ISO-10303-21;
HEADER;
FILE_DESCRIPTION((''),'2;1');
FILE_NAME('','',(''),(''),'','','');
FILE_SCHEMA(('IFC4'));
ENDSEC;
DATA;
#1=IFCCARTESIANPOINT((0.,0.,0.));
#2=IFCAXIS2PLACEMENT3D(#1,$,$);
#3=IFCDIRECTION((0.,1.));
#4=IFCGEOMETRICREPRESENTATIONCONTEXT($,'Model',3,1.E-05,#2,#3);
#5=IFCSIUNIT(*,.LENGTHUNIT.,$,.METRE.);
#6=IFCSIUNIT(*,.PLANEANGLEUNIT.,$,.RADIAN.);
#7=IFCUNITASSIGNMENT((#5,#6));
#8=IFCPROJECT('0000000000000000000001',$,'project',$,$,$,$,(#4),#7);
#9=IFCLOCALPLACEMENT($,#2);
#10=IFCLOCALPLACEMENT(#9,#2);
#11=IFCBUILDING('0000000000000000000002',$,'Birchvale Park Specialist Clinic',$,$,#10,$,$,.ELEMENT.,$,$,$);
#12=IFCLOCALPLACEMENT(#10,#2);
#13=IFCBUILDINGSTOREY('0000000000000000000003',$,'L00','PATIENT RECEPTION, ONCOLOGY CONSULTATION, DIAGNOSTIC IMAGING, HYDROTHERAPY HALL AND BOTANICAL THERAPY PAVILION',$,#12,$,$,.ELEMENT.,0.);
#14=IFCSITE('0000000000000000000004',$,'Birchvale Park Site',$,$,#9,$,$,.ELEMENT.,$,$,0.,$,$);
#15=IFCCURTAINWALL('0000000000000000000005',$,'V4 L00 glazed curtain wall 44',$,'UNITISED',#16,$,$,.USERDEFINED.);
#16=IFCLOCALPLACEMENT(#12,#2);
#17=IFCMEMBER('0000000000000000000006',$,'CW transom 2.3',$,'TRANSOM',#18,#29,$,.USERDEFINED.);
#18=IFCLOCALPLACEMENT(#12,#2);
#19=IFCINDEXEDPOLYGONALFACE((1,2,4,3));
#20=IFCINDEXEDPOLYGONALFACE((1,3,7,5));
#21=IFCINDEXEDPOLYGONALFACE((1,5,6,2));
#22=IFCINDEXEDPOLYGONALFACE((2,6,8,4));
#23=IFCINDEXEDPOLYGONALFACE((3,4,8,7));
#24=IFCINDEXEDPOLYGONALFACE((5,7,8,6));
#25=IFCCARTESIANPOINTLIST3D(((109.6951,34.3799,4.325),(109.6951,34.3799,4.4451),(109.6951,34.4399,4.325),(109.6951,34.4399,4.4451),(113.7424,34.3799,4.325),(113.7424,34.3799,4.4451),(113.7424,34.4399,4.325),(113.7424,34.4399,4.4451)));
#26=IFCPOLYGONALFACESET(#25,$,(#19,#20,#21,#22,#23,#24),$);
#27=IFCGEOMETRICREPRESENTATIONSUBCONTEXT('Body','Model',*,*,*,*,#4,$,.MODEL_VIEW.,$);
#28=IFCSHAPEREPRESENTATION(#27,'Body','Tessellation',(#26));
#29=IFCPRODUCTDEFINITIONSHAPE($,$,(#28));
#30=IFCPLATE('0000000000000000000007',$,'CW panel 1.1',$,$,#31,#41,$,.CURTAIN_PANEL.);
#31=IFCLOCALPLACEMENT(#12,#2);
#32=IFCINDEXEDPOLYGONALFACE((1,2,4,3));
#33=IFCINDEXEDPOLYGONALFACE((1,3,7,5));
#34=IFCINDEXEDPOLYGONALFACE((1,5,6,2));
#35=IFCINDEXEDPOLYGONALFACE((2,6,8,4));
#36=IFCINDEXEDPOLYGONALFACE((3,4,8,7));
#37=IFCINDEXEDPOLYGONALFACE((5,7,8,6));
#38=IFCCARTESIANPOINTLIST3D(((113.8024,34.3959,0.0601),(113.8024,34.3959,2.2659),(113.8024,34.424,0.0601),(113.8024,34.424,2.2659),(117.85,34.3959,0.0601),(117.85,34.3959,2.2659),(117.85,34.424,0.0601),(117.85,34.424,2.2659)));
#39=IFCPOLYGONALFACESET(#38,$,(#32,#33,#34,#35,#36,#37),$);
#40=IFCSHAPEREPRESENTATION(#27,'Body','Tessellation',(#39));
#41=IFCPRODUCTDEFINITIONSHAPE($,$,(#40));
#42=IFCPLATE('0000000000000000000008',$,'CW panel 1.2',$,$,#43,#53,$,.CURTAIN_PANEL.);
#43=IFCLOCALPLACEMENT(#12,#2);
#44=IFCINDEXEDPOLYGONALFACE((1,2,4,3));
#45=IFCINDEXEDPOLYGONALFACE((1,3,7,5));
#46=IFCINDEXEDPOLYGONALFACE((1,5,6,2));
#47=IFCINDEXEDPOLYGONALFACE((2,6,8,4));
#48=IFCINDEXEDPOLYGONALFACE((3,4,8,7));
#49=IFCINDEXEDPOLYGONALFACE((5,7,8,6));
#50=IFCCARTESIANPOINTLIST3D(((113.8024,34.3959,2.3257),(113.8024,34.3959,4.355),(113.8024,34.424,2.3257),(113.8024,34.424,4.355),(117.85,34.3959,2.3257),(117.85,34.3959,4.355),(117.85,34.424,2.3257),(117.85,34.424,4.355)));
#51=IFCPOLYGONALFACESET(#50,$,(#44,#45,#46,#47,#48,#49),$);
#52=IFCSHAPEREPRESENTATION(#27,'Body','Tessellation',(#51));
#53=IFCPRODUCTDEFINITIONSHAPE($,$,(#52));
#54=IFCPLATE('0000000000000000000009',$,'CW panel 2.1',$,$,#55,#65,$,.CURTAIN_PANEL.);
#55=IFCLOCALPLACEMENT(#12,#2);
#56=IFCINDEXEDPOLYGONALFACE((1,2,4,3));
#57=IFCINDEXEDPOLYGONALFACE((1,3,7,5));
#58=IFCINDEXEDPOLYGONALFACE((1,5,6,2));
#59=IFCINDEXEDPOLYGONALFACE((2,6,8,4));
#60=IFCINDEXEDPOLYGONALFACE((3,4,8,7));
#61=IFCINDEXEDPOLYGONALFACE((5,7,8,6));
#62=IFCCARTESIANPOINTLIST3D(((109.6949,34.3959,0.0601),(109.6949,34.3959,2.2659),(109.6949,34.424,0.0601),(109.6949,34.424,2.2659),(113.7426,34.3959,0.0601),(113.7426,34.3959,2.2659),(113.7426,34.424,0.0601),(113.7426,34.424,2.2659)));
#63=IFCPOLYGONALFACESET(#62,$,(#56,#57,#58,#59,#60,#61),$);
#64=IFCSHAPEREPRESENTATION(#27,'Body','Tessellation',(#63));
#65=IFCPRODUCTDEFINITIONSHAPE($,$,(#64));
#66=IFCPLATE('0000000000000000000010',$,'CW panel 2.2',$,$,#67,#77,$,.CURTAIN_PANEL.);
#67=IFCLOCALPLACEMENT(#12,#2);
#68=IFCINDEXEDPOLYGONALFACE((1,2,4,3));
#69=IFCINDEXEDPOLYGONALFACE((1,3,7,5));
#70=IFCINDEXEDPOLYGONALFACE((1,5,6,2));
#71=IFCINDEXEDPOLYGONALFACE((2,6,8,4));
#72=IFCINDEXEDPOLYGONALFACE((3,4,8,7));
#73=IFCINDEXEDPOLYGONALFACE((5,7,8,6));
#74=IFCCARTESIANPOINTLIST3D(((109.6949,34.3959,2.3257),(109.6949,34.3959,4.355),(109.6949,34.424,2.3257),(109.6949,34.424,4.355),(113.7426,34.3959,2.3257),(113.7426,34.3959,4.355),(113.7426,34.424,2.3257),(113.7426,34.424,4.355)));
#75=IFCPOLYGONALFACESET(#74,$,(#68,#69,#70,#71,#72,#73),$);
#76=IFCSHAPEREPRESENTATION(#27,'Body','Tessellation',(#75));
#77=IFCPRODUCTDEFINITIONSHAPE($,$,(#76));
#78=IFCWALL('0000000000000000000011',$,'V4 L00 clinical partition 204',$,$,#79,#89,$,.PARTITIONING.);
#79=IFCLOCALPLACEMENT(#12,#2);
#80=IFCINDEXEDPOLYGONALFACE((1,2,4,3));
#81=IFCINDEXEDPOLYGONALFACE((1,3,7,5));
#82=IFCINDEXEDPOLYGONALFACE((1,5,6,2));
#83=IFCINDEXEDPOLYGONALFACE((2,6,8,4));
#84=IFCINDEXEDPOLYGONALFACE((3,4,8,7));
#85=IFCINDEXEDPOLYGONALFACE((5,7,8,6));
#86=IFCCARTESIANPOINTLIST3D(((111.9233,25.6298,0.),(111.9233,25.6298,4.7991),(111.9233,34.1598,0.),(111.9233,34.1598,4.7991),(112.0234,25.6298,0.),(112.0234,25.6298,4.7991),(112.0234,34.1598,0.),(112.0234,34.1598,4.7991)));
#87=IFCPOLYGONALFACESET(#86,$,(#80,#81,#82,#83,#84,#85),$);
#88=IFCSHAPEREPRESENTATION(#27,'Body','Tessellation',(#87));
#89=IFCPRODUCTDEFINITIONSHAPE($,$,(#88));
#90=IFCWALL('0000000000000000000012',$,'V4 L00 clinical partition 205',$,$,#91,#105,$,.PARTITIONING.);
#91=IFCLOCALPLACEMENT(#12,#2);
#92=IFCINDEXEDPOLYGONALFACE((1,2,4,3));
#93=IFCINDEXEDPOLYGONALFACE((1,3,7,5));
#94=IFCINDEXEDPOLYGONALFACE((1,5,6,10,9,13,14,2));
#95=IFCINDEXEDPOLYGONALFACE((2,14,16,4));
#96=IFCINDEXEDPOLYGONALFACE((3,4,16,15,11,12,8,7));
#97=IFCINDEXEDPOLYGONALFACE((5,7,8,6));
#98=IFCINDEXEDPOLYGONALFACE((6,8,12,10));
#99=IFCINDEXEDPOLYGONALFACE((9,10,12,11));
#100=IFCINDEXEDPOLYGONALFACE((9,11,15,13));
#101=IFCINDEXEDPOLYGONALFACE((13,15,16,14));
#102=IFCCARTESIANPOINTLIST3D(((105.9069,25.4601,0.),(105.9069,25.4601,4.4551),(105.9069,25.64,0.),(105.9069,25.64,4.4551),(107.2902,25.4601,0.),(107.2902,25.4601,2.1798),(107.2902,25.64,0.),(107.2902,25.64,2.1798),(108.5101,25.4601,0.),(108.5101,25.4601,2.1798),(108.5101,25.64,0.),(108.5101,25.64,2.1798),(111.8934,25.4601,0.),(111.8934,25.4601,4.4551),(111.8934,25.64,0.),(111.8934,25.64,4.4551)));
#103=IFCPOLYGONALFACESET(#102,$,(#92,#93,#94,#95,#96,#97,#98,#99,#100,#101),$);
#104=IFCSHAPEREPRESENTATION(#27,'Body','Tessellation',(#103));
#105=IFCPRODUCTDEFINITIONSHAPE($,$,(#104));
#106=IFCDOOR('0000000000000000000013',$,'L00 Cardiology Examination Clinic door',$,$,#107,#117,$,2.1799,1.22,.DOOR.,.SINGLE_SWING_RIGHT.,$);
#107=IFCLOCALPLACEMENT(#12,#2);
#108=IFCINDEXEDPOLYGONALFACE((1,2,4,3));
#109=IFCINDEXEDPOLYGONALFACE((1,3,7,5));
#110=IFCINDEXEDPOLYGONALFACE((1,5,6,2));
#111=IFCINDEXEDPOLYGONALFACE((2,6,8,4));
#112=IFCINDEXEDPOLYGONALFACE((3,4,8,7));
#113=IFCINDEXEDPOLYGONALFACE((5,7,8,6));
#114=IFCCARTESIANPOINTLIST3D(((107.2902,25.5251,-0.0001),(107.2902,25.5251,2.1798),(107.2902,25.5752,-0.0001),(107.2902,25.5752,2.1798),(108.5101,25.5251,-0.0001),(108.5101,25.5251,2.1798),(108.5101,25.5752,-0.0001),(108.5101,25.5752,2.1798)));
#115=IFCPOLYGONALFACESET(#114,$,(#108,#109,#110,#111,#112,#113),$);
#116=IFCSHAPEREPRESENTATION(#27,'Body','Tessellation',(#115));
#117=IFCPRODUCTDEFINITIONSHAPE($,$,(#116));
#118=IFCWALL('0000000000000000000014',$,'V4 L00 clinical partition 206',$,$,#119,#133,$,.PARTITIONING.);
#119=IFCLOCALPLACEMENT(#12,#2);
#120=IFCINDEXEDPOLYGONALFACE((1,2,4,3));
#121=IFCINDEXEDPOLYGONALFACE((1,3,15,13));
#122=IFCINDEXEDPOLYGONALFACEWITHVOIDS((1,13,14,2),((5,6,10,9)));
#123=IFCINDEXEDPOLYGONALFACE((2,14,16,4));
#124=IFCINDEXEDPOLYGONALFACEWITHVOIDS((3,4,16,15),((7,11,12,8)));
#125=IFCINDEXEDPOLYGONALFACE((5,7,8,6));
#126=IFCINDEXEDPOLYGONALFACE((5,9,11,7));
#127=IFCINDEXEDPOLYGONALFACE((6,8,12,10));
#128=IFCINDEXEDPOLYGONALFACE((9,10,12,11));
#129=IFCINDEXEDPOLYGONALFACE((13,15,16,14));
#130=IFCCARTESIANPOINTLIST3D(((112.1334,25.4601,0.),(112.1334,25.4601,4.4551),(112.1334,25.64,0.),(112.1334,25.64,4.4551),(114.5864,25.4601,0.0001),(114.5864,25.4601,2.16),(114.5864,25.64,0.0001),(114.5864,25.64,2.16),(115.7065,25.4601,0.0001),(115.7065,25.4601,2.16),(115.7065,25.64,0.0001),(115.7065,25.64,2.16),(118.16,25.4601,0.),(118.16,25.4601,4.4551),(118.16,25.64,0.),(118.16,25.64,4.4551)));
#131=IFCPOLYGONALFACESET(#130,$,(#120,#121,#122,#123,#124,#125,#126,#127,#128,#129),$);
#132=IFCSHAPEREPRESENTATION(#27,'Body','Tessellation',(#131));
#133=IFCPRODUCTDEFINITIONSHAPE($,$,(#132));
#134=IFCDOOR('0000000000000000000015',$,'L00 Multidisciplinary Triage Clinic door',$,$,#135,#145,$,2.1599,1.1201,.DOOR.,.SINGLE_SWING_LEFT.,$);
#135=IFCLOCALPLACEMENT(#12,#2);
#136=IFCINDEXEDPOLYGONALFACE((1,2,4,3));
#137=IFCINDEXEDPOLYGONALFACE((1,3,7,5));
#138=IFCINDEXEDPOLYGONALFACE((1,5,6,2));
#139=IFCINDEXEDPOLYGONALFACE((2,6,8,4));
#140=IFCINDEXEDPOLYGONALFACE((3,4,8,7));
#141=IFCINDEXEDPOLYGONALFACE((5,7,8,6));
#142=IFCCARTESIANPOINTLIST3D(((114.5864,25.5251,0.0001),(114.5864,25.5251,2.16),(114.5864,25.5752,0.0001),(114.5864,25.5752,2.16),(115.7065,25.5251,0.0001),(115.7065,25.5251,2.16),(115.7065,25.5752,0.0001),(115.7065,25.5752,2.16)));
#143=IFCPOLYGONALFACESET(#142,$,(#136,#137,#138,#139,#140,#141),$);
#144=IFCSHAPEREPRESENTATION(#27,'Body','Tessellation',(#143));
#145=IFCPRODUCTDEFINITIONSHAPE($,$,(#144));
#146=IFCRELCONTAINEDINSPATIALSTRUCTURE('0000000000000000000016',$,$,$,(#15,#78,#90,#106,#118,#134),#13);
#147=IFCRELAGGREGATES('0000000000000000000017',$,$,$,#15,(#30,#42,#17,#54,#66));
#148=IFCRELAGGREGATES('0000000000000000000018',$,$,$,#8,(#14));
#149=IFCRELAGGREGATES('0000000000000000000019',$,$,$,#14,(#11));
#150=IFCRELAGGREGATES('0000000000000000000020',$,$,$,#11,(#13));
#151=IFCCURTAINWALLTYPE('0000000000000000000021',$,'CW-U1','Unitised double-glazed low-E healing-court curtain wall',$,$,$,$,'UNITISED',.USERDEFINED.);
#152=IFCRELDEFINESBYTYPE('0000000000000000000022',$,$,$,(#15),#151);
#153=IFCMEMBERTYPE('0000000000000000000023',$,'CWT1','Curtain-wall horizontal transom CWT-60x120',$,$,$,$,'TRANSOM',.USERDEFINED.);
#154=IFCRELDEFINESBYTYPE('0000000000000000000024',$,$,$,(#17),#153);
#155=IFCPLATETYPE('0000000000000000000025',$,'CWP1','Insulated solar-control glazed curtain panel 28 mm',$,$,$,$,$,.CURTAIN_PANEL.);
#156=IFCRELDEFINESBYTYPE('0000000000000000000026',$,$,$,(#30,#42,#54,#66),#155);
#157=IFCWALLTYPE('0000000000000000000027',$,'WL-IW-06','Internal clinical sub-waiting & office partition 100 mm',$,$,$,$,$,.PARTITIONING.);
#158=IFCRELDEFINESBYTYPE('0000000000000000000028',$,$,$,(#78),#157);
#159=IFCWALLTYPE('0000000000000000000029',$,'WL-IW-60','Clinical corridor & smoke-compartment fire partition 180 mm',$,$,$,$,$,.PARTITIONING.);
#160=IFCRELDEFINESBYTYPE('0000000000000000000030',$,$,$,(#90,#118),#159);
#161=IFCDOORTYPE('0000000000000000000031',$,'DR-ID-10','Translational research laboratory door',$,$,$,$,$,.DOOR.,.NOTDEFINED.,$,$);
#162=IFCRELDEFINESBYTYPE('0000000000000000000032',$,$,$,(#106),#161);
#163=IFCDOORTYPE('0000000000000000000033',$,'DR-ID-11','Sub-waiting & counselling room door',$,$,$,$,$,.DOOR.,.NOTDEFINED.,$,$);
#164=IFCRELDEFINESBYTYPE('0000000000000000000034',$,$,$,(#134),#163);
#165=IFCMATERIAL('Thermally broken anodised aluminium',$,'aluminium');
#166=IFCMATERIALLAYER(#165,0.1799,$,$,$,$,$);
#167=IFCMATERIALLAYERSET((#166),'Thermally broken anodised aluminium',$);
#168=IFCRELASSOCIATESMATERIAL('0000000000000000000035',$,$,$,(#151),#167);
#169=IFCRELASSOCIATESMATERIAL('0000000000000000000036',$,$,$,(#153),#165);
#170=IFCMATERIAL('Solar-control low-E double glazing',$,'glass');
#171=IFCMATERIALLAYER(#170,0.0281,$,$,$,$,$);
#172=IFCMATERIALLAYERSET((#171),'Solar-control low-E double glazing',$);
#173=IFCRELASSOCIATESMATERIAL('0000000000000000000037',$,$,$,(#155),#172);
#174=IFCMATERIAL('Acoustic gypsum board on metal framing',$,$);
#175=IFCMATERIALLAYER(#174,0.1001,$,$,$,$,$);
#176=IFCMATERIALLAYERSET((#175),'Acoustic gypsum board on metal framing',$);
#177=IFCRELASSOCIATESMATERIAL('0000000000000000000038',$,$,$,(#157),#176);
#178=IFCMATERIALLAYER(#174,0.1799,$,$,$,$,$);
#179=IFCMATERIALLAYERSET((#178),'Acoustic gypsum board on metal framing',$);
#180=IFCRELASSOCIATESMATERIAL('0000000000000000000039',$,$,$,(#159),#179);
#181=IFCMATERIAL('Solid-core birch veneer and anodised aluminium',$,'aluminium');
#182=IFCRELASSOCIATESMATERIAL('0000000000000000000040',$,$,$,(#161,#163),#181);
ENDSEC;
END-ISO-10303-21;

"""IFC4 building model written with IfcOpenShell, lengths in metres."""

from ifc_helpers import new_model, si_unit, direction, frame, frame_2d, origin, origin_2d, place, context, subcontext, project, spatial, rectangle, extrude, material, layer, layer_set, material_profile, profile_set, type_object, element, fill, aggregate, save


model = new_model("IFC4")

# Units and contexts
model_context = context("Model", 3, precision=1e-05, world=origin(), true_north=direction((0.0, 1.0)))
body_context = subcontext(model_context, "Body", "Model", "MODEL_VIEW")
ifc_project = project(units=[si_unit("LENGTHUNIT", "METRE"), si_unit("PLANEANGLEUNIT", "RADIAN")], contexts=[model_context])

# Site, building, storey
site_placement = place(None, origin())
site = spatial("IfcSite", under=ifc_project, at=site_placement, Name="Birchvale Park Site", CompositionType="ELEMENT", RefElevation=0.0)
building_placement = place(site_placement, origin())
building = spatial("IfcBuilding", under=site, at=building_placement, Name="Birchvale Park Specialist Clinic", CompositionType="ELEMENT")
storey_placement = place(building_placement, origin())
storey = spatial("IfcBuildingStorey", under=building, at=storey_placement, Name="L00", Description="PATIENT RECEPTION, ONCOLOGY CONSULTATION, DIAGNOSTIC IMAGING, HYDROTHERAPY HALL AND BOTANICAL THERAPY PAVILION", CompositionType="ELEMENT", Elevation=0.0)

# Curtain wall, member, plates
ifc_material_1 = material(Name="Thermally broken anodised aluminium", Category="aluminium")
ifc_layer_1 = layer(ifc_material_1, 0.1799)
ifc_layer_set_1 = layer_set([ifc_layer_1], Name="Thermally broken anodised aluminium")
curtain_wall_type = type_object("IfcCurtainWallType", Name="CW-U1", Description="Unitised double-glazed low-E healing-court curtain wall", ElementType="UNITISED", PredefinedType="USERDEFINED", material=ifc_layer_set_1)
curtain_wall_placement = place(storey_placement, origin())
curtain_wall = element("IfcCurtainWall", 1, at=curtain_wall_placement, inside=storey, type_object=curtain_wall_type, Name="V4 L00 glazed curtain wall 44", ObjectType="UNITISED", PredefinedType="USERDEFINED")
ifc_material_profile_1 = material_profile(ifc_material_1, rectangle(XDim=0.0601, YDim=0.1201, at=origin_2d()), Name="CWT-60x120")
ifc_profile_set_1 = profile_set([ifc_material_profile_1], Name="Thermally broken anodised aluminium")
member_type_1 = type_object("IfcMemberType", Name="CWT1", Description="Curtain-wall horizontal transom CWT-60x120", ElementType="TRANSOM", PredefinedType="USERDEFINED", material=ifc_profile_set_1)
member_1_placement = place(storey_placement, frame((113.7424, 34.4099, 4.385), z_axis=(-1.0, 0.0, 0.0), x_axis=(0.0, -1.0, 0.0)))
member_1 = element("IfcMember", 2, at=member_1_placement, type_object=member_type_1, Name="CW transom 2.3", ObjectType="TRANSOM", PredefinedType="USERDEFINED", context=body_context, shape_type="SweptSolid", body=[
    extrude(rectangle(XDim=0.0601, YDim=0.1201, at=origin_2d()), origin(), (0.0, 0.0, 1.0), 4.0474),
])
ifc_material_2 = material(Name="Solar-control low-E double glazing", Category="glass")
ifc_layer_2 = layer(ifc_material_2, 0.0281)
ifc_layer_set_2 = layer_set([ifc_layer_2], Name="Solar-control low-E double glazing")
plate_type = type_object("IfcPlateType", Name="CWP1", Description="Insulated solar-control glazed curtain panel 28 mm", PredefinedType="CURTAIN_PANEL", material=ifc_layer_set_2)
plate_1_placement = place(storey_placement, frame((115.8262, 34.4099, 0.0601), z_axis=(0.0, 0.0, 1.0), x_axis=(-1.0, 0.0, 0.0)))
plate_1 = element("IfcPlate", 3, at=plate_1_placement, type_object=plate_type, Name="CW panel 1.1", PredefinedType="CURTAIN_PANEL", context=body_context, shape_type="SweptSolid", body=[
    extrude(rectangle(XDim=4.0476, YDim=0.0281, at=origin_2d()), origin(), (0.0, 0.0, 1.0), 2.2058),
])
plate_2_placement = place(storey_placement, frame((115.8262, 34.4099, 2.3257), z_axis=(0.0, 0.0, 1.0), x_axis=(-1.0, 0.0, 0.0)))
plate_2 = element("IfcPlate", 4, at=plate_2_placement, type_object=plate_type, Name="CW panel 1.2", PredefinedType="CURTAIN_PANEL", context=body_context, shape_type="SweptSolid", body=[
    extrude(rectangle(XDim=4.0476, YDim=0.0281, at=origin_2d()), origin(), (0.0, 0.0, 1.0), 2.0293),
])
plate_3_placement = place(storey_placement, frame((111.7188, 34.4099, 0.0601), z_axis=(0.0, 0.0, 1.0), x_axis=(-1.0, 0.0, 0.0)))
plate_3 = element("IfcPlate", 5, at=plate_3_placement, type_object=plate_type, Name="CW panel 2.1", PredefinedType="CURTAIN_PANEL", context=body_context, shape_type="SweptSolid", body=[
    extrude(rectangle(XDim=4.0476, YDim=0.0281, at=origin_2d()), origin(), (0.0, 0.0, 1.0), 2.2058),
])
plate_4_placement = place(storey_placement, frame((111.7188, 34.4099, 2.3257), z_axis=(0.0, 0.0, 1.0), x_axis=(-1.0, 0.0, 0.0)))
plate_4 = element("IfcPlate", 6, at=plate_4_placement, type_object=plate_type, Name="CW panel 2.2", PredefinedType="CURTAIN_PANEL", context=body_context, shape_type="SweptSolid", body=[
    extrude(rectangle(XDim=4.0476, YDim=0.0281, at=origin_2d()), origin(), (0.0, 0.0, 1.0), 2.0293),
])
aggregate(curtain_wall, [plate_1, plate_2, member_1, plate_3, plate_4])

# Wall
ifc_material_3 = material(Name="Acoustic gypsum board on metal framing")
ifc_layer_3 = layer(ifc_material_3, 0.1001)
ifc_layer_set_3 = layer_set([ifc_layer_3], Name="Acoustic gypsum board on metal framing")
wall_type_1 = type_object("IfcWallType", Name="WL-IW-06", Description="Internal clinical sub-waiting & office partition 100 mm", PredefinedType="PARTITIONING", material=ifc_layer_set_3)
wall_1_placement = place(storey_placement, frame((111.9734, 34.1599, 0.0), z_axis=(0.0, 0.0, 1.0), x_axis=(0.0, -1.0, 0.0)))
element("IfcWall", 7, at=wall_1_placement, inside=storey, type_object=wall_type_1, Name="V4 L00 clinical partition 204", PredefinedType="PARTITIONING", context=body_context, shape_type="SweptSolid", body=[
    extrude(rectangle(XDim=8.53, YDim=0.1001, at=frame_2d((4.2651, 0.0))), origin(), (0.0, 0.0, 1.0), 4.7991),
])

# Walls, openings, doors
ifc_layer_4 = layer(ifc_material_3, 0.1799)
ifc_layer_set_4 = layer_set([ifc_layer_4], Name="Acoustic gypsum board on metal framing")
wall_type_2 = type_object("IfcWallType", Name="WL-IW-60", Description="Clinical corridor & smoke-compartment fire partition 180 mm", PredefinedType="PARTITIONING", material=ifc_layer_set_4)
wall_2_placement = place(storey_placement, frame((111.8933, 25.55, 0.0), z_axis=(0.0, 0.0, 1.0), x_axis=(-1.0, 0.0, 0.0)))
wall_2 = element("IfcWall", 8, at=wall_2_placement, inside=storey, type_object=wall_type_2, Name="V4 L00 clinical partition 205", PredefinedType="PARTITIONING", context=body_context, shape_type="SweptSolid", body=[
    extrude(rectangle(XDim=5.9866, YDim=0.1799, at=frame_2d((2.9932, 0.0))), origin(), (0.0, 0.0, 1.0), 4.4551),
])
opening_1_placement = place(wall_2_placement, frame((3.3833, 0.0, 0.0)))
opening_1 = element("IfcOpeningElement", 9, at=opening_1_placement, cuts=wall_2, PredefinedType="OPENING", context=body_context, shape_type="SweptSolid", body=[
    extrude(rectangle(XDim=1.22, YDim=2.1799, at=frame_2d((0.6099, 1.0898))), frame((0.0, 0.1001, 0.0), z_axis=(0.0, -1.0, 0.0), x_axis=(1.0, 0.0, 0.0)), (0.0, 0.0, 1.0), 0.2),
])
ifc_material_4 = material(Name="Solid-core birch veneer and anodised aluminium", Category="aluminium")
door_type_1 = type_object("IfcDoorType", Name="DR-ID-10", Description="Translational research laboratory door", OperationType="NOTDEFINED", PredefinedType="DOOR", material=ifc_material_4)
door_1_placement = place(opening_1_placement, origin())
door_1 = element("IfcDoor", 10, at=door_1_placement, inside=storey, type_object=door_type_1, Name="L00 Cardiology Examination Clinic door", OperationType="SINGLE_SWING_RIGHT", OverallHeight=2.1799, OverallWidth=1.22, PredefinedType="DOOR", context=body_context, shape_type="SweptSolid", body=[
    extrude(rectangle(XDim=1.22, YDim=2.1799, at=frame_2d((0.6099, 1.0898))), frame((0.0, 0.0249, 0.0), z_axis=(0.0, -1.0, 0.0), x_axis=(1.0, 0.0, 0.0)), (0.0, 0.0, 1.0), 0.05),
])
fill(opening_1, door_1)
wall_3_placement = place(storey_placement, frame((118.1599, 25.55, 0.0), z_axis=(0.0, 0.0, 1.0), x_axis=(-1.0, 0.0, 0.0)))
wall_3 = element("IfcWall", 11, at=wall_3_placement, inside=storey, type_object=wall_type_2, Name="V4 L00 clinical partition 206", PredefinedType="PARTITIONING", context=body_context, shape_type="SweptSolid", body=[
    extrude(rectangle(XDim=6.0266, YDim=0.1799, at=frame_2d((3.0132, 0.0))), origin(), (0.0, 0.0, 1.0), 4.4551),
])
opening_2_placement = place(wall_3_placement, frame((2.4534, 0.0, 0.0)))
opening_2 = element("IfcOpeningElement", 12, at=opening_2_placement, cuts=wall_3, PredefinedType="OPENING", context=body_context, shape_type="SweptSolid", body=[
    extrude(rectangle(XDim=1.1201, YDim=2.1599, at=frame_2d((0.5601, 1.0801))), frame((0.0, 0.1001, 0.0), z_axis=(0.0, -1.0, 0.0), x_axis=(1.0, 0.0, 0.0)), (0.0, 0.0, 1.0), 0.2),
])
door_type_2 = type_object("IfcDoorType", Name="DR-ID-11", Description="Sub-waiting & counselling room door", OperationType="NOTDEFINED", PredefinedType="DOOR", material=ifc_material_4)
door_2_placement = place(opening_2_placement, origin())
door_2 = element("IfcDoor", 13, at=door_2_placement, inside=storey, type_object=door_type_2, Name="L00 Multidisciplinary Triage Clinic door", OperationType="SINGLE_SWING_LEFT", OverallHeight=2.1599, OverallWidth=1.1201, PredefinedType="DOOR", context=body_context, shape_type="SweptSolid", body=[
    extrude(rectangle(XDim=1.1201, YDim=2.1599, at=frame_2d((0.5601, 1.0801))), frame((0.0, 0.0249, 0.0), z_axis=(0.0, -1.0, 0.0), x_axis=(1.0, 0.0, 0.0)), (0.0, 0.0, 1.0), 0.05),
])
fill(opening_2, door_2)

save(model, "model.ifc")
